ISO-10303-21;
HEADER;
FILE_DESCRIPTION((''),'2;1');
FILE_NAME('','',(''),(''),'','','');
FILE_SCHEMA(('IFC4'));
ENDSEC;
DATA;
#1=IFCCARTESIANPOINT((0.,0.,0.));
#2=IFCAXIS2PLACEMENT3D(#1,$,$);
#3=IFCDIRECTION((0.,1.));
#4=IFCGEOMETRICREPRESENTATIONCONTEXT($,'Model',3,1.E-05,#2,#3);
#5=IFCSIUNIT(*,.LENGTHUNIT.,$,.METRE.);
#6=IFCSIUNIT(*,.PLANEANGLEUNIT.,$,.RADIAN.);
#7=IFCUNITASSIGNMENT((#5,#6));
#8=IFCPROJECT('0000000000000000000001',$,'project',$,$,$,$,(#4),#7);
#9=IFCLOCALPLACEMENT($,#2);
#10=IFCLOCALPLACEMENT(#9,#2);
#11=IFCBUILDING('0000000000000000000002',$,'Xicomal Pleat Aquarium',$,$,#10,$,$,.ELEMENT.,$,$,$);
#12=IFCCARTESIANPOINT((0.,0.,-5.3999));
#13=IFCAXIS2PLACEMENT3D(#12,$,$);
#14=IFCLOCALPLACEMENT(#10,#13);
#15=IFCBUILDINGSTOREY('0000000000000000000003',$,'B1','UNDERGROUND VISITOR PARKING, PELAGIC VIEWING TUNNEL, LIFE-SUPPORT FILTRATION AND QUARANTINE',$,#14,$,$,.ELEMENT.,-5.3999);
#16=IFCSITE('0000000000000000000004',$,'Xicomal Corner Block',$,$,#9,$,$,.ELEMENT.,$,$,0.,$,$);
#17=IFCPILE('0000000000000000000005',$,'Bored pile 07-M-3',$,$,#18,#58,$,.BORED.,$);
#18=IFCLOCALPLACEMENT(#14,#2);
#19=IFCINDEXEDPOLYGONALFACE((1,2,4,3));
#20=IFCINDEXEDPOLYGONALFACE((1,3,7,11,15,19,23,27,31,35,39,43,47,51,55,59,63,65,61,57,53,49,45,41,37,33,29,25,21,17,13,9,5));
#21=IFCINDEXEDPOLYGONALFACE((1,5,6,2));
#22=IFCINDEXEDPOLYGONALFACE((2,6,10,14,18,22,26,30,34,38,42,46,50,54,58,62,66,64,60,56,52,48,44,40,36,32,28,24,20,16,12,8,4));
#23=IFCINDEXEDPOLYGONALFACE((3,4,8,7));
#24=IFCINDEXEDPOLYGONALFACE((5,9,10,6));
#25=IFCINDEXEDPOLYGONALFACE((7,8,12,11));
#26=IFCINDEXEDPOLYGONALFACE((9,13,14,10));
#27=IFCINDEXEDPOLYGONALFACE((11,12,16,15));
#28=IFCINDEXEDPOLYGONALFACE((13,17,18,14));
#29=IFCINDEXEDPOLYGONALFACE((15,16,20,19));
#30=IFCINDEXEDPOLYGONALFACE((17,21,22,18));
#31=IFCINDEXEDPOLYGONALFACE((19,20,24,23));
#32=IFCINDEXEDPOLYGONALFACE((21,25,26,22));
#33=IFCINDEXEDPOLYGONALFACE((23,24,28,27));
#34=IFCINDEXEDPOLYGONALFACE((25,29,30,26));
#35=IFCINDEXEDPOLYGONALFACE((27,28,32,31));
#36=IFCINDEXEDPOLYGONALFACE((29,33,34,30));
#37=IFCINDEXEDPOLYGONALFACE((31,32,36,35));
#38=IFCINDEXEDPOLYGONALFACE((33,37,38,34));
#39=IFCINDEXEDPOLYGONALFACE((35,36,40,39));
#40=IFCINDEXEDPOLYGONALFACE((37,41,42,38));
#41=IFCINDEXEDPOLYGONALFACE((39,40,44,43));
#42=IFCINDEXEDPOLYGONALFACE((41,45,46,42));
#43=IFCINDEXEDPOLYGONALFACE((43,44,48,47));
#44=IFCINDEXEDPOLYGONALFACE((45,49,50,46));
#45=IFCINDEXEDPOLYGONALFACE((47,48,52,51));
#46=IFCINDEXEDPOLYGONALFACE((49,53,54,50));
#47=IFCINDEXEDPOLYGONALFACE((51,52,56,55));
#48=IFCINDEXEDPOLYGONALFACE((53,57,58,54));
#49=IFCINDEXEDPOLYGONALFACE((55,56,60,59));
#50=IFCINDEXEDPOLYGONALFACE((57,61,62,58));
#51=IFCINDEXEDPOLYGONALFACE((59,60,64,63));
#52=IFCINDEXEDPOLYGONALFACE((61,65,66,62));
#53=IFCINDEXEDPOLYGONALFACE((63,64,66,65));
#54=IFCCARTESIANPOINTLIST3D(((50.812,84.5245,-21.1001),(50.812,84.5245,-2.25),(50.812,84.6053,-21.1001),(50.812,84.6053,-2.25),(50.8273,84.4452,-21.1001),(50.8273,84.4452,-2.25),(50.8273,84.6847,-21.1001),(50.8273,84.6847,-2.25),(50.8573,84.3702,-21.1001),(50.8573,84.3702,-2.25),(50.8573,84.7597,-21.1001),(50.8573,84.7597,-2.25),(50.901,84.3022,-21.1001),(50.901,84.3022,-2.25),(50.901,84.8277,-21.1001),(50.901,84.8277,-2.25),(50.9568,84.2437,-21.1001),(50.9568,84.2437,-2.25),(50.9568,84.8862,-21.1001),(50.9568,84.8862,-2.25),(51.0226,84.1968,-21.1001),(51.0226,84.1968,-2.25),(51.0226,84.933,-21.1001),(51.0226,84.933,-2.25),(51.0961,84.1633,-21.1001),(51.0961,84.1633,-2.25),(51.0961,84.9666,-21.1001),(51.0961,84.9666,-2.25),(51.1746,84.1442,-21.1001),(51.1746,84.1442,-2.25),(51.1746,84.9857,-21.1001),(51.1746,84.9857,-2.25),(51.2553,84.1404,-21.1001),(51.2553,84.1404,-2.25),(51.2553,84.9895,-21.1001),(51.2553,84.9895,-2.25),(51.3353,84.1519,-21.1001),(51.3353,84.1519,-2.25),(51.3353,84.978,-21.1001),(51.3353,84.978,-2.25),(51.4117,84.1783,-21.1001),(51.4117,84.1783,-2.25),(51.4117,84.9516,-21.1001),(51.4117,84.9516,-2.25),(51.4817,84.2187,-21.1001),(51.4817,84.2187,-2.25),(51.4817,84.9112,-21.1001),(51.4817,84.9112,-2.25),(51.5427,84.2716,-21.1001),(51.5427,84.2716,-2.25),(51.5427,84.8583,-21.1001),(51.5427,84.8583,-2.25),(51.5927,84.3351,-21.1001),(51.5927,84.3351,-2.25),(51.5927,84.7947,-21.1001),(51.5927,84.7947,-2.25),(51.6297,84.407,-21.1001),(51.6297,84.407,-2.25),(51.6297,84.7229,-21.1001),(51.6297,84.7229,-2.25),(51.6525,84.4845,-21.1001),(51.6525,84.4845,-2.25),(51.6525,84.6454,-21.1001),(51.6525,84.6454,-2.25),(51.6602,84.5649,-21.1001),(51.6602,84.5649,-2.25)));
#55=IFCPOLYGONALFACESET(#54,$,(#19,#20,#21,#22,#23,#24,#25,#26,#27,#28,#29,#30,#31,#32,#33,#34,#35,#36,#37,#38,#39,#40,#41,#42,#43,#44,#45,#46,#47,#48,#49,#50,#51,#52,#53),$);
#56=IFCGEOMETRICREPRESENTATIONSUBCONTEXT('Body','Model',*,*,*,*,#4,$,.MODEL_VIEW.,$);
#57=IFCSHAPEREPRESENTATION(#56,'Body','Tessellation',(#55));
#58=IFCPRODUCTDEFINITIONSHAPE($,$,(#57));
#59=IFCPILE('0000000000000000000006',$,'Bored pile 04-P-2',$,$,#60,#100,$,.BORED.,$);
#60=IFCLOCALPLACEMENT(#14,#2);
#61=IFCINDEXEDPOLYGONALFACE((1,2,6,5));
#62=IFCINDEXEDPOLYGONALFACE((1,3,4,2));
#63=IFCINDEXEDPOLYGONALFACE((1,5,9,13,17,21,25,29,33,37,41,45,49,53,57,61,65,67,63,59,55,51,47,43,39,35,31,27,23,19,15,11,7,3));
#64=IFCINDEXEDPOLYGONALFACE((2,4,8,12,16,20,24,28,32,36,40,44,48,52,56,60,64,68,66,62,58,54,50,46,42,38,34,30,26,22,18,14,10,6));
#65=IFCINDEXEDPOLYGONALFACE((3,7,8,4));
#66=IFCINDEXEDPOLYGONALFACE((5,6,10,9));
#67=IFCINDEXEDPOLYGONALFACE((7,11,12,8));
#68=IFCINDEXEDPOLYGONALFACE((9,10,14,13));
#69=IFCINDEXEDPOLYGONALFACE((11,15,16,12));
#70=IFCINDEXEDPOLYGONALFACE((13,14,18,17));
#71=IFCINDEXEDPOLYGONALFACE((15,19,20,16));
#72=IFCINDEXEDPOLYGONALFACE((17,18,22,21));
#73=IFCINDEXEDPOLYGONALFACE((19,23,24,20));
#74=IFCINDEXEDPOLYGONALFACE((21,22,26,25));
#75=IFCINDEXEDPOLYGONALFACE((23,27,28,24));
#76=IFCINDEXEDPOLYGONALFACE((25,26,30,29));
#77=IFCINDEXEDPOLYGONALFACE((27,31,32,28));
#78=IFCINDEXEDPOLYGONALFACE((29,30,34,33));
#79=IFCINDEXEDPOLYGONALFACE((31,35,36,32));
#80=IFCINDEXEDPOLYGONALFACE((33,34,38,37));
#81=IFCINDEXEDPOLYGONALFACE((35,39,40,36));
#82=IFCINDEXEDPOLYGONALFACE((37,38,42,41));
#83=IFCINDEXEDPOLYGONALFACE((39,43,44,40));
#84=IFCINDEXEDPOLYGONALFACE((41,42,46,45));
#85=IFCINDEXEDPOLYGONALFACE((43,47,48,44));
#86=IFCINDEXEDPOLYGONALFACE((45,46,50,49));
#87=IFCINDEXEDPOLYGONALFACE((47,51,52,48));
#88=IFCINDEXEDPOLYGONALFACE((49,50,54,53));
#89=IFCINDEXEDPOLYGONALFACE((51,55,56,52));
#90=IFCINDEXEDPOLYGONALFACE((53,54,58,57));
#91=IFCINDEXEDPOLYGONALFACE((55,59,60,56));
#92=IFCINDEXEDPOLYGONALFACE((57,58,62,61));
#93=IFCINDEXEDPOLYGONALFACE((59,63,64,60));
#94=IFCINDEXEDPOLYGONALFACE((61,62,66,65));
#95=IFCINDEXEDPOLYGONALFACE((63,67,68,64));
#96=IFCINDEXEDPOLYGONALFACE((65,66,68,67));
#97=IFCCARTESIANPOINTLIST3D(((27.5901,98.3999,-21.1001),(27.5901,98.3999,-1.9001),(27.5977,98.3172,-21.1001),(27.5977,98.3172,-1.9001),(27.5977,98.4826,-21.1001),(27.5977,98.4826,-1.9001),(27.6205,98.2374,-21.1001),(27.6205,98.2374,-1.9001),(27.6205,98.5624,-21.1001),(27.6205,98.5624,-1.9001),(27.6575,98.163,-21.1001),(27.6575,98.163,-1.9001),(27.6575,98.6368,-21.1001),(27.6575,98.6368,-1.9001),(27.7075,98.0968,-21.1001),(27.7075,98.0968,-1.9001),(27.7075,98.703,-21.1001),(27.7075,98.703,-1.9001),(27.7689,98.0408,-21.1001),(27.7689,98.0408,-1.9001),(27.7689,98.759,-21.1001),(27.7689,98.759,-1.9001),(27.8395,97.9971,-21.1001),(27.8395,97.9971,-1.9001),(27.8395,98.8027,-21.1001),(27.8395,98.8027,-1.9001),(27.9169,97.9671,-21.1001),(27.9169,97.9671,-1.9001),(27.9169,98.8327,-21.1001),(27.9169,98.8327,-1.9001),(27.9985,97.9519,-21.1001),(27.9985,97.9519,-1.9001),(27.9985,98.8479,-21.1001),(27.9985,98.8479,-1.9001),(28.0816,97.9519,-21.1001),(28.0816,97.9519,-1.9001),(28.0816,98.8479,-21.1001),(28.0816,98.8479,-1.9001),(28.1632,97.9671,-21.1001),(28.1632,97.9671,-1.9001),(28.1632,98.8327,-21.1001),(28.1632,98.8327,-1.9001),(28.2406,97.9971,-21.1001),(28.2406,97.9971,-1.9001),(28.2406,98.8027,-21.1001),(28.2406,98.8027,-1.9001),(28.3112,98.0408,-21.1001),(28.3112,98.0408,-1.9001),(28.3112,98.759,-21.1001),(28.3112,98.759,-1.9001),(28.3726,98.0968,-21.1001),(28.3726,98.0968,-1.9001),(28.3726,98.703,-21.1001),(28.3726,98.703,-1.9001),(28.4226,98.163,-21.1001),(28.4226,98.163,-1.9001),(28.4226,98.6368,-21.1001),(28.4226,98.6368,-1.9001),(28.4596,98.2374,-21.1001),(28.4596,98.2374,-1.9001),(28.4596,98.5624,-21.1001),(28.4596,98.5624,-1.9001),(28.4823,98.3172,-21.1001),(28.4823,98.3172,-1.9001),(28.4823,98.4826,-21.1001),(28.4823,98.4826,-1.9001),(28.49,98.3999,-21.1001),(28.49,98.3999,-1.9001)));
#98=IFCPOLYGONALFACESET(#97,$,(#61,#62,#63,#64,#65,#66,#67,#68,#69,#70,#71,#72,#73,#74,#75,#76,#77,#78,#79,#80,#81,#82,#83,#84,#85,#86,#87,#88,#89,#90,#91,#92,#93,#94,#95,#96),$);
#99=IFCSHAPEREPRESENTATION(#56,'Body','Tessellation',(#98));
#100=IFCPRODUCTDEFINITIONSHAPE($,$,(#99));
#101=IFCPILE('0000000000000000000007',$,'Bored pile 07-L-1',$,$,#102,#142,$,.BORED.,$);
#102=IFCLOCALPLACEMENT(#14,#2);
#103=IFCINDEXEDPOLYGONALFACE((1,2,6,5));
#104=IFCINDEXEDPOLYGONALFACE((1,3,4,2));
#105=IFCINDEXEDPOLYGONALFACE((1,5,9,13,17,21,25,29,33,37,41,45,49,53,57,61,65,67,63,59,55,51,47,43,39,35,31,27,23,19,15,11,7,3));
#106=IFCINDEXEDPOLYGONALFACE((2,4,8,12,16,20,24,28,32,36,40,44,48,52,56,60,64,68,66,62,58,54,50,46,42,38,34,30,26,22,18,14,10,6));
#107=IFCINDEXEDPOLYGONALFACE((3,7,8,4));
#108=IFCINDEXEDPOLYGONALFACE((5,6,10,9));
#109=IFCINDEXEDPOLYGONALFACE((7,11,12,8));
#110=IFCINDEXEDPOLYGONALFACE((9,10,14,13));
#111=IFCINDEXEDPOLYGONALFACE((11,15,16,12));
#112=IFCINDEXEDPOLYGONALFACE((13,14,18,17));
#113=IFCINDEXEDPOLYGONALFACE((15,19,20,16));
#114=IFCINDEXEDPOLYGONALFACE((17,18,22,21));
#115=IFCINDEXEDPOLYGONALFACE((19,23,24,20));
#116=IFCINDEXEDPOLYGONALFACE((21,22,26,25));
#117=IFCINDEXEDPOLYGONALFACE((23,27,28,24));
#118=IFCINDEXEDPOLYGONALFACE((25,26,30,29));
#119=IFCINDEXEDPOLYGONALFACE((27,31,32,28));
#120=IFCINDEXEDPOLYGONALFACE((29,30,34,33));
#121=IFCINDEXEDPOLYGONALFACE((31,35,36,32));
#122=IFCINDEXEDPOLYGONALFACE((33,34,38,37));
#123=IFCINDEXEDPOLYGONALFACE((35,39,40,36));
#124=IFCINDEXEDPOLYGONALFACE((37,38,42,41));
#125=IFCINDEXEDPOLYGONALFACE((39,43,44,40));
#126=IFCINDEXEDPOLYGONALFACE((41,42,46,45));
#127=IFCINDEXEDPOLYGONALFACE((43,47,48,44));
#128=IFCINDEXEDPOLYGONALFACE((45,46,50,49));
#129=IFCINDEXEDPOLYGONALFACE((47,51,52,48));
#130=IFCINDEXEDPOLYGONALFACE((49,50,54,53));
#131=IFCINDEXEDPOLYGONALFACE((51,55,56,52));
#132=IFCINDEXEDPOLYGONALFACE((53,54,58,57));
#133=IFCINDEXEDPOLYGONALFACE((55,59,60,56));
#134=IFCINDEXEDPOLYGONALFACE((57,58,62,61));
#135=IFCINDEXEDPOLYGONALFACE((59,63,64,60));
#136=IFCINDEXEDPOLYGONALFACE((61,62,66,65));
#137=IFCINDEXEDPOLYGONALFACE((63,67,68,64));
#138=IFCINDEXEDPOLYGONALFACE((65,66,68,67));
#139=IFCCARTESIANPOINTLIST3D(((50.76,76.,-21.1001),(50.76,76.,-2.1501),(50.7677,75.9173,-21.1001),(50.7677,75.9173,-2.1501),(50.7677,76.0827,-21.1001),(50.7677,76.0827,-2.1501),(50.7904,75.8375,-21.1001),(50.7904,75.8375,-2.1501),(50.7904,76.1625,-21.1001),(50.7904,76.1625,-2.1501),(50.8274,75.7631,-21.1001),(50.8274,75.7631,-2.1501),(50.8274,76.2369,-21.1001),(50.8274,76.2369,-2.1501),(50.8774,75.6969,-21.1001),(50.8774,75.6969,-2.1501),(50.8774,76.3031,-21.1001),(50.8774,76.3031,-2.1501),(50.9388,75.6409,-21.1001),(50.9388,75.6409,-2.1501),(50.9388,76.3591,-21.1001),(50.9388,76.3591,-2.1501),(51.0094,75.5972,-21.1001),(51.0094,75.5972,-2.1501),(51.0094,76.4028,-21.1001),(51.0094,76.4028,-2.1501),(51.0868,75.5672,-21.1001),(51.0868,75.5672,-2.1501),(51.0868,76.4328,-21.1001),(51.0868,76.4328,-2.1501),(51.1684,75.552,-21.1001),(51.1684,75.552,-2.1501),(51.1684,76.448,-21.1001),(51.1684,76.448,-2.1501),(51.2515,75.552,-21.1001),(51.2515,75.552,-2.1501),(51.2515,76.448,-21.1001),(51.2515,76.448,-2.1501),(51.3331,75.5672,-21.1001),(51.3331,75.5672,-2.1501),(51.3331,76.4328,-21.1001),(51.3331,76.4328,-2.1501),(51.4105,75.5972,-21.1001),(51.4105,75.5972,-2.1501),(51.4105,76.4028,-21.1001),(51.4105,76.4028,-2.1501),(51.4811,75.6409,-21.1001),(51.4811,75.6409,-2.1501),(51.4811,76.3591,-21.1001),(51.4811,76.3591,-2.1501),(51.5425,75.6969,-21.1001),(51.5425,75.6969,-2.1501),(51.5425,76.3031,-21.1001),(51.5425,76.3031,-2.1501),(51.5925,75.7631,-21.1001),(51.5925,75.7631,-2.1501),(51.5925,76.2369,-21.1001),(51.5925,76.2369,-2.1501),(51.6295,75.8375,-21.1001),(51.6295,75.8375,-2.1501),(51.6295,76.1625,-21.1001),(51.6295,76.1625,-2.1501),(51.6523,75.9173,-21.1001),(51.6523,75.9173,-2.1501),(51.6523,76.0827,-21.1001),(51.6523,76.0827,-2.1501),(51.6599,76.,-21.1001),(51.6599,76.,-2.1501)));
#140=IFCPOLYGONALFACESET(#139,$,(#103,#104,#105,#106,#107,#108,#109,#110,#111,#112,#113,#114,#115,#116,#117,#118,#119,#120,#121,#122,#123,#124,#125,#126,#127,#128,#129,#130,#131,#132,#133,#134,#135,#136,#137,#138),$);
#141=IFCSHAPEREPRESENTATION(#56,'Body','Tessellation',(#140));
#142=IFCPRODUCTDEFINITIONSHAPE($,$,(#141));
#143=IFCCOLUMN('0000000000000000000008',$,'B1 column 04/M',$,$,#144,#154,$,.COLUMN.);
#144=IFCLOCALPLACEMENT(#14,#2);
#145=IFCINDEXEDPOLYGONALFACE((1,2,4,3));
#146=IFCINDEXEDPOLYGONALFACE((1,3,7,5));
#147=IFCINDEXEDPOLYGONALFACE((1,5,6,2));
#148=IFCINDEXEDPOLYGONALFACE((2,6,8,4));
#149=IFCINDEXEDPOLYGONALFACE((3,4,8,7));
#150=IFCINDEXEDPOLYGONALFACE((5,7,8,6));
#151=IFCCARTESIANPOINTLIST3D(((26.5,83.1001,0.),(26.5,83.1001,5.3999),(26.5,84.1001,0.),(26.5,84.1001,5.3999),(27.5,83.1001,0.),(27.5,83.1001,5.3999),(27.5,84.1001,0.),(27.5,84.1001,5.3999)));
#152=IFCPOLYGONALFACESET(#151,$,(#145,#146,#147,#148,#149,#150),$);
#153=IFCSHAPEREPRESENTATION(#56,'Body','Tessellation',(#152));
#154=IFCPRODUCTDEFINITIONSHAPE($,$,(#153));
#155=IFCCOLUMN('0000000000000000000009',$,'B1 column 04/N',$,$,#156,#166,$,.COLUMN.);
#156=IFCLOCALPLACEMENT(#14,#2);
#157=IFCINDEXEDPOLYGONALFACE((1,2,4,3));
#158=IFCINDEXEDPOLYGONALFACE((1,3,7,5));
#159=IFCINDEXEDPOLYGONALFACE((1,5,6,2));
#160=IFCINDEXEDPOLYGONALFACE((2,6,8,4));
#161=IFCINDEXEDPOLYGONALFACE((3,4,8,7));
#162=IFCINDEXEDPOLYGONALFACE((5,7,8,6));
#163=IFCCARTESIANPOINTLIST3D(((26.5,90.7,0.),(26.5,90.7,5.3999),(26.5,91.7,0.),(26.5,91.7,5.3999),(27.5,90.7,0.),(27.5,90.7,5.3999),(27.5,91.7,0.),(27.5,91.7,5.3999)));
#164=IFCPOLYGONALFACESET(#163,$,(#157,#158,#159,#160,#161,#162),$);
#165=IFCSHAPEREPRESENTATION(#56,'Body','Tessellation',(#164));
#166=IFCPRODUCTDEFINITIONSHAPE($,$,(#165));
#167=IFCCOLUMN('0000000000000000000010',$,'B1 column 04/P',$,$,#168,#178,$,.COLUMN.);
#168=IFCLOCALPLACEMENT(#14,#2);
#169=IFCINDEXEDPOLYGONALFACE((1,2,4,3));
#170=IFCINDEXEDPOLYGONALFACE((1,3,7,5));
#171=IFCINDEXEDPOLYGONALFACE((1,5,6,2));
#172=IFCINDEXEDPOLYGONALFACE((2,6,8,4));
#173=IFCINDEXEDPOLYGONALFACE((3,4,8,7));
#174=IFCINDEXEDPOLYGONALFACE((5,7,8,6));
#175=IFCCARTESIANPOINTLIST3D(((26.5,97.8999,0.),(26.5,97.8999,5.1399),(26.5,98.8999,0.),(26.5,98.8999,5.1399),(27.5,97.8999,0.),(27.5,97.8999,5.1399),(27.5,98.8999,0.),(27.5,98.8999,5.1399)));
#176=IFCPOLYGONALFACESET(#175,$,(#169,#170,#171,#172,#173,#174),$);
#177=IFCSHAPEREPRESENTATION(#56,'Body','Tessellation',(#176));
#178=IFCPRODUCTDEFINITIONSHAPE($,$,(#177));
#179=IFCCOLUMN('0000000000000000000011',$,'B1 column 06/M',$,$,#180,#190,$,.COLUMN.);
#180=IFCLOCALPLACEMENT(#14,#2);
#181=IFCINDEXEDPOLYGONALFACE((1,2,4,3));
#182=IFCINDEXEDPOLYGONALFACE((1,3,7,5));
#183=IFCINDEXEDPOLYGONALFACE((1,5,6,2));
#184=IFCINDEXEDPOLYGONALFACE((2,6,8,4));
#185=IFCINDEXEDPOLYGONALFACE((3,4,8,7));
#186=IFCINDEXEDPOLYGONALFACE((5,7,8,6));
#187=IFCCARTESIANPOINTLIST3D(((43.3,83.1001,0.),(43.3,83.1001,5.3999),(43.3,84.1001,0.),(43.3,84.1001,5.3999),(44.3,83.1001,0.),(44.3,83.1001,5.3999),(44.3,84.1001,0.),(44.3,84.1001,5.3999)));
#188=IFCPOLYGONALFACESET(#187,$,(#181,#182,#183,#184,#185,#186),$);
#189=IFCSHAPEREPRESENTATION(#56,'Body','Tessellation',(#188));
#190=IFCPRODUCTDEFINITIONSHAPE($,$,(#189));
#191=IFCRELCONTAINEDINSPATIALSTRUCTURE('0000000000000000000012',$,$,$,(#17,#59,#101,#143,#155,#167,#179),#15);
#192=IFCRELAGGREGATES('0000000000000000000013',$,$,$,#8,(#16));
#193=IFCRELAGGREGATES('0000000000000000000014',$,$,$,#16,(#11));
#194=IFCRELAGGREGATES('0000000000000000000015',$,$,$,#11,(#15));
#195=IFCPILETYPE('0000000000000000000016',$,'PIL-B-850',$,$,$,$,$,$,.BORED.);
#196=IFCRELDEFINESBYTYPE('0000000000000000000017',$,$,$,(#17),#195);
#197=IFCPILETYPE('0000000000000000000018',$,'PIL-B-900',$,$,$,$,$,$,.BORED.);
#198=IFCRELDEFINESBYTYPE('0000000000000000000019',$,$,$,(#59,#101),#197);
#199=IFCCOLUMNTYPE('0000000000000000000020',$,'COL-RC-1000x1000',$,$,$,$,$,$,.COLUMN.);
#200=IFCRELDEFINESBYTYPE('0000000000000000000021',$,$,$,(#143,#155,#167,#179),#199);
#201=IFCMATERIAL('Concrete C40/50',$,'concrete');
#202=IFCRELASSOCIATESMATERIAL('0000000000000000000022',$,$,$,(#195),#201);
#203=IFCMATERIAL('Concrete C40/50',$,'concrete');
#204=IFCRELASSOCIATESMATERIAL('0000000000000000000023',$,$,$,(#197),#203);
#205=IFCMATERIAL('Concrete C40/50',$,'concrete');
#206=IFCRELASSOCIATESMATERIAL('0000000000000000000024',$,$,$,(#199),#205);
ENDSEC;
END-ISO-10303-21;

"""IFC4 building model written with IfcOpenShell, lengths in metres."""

from ifc_helpers import new_model, si_unit, direction, frame, origin, origin_2d, place, context, subcontext, project, spatial, rectangle, circle, extrude, material, material_profile, profile_set, type_object, element, save


model = new_model("IFC4")

# Units and contexts
model_context = context("Model", 3, precision=1e-05, world=origin(), true_north=direction((0.0, 1.0)))
body_context = subcontext(model_context, "Body", "Model", "MODEL_VIEW")
ifc_project = project(units=[si_unit("LENGTHUNIT", "METRE"), si_unit("PLANEANGLEUNIT", "RADIAN")], contexts=[model_context])

# Site, building, storey
site_placement = place(None, origin())
site = spatial("IfcSite", under=ifc_project, at=site_placement, Name="Xicomal Corner Block", CompositionType="ELEMENT", RefElevation=0.0)
building_placement = place(site_placement, origin())
building = spatial("IfcBuilding", under=site, at=building_placement, Name="Xicomal Pleat Aquarium", CompositionType="ELEMENT")
storey_placement = place(building_placement, frame((0.0, 0.0, -5.3999)))
storey = spatial("IfcBuildingStorey", under=building, at=storey_placement, Name="B1", Description="UNDERGROUND VISITOR PARKING, PELAGIC VIEWING TUNNEL, LIFE-SUPPORT FILTRATION AND QUARANTINE", CompositionType="ELEMENT", Elevation=-5.3999)

# Piles
ifc_material_1 = material(Name="Concrete C40/50", Category="concrete")
ifc_material_profile_1 = material_profile(ifc_material_1, circle(Radius=0.425, at=origin_2d()), Name="BORED PILE D850")
ifc_profile_set_1 = profile_set([ifc_material_profile_1], Name="Concrete C40/50")
pile_type_1 = type_object("IfcPileType", Name="PIL-B-850", PredefinedType="BORED", material=ifc_profile_set_1)
for number, where, z_axis, x_axis, name in (
    (1, (51.2351, 84.5649, -2.25), (0.0, 0.0, -1.0), (1.0, 0.0, 0.0), "Bored pile 07-M-3"),
):
    element("IfcPile", number, at=place(storey_placement, frame(where, z_axis=z_axis, x_axis=x_axis)), inside=storey, type_object=pile_type_1, Name=name, PredefinedType="BORED", context=body_context, shape_type="SweptSolid", body=[
        extrude(circle(Radius=0.425, at=origin_2d()), origin(), (0.0, 0.0, 1.0), 18.8501),
    ])
ifc_material_2 = material(Name="Concrete C40/50", Category="concrete")
ifc_material_profile_2 = material_profile(ifc_material_2, circle(Radius=0.45, at=origin_2d()), Name="BORED PILE D900")
ifc_profile_set_2 = profile_set([ifc_material_profile_2], Name="Concrete C40/50")
pile_type_2 = type_object("IfcPileType", Name="PIL-B-900", PredefinedType="BORED", material=ifc_profile_set_2)
pile_1_placement = place(storey_placement, frame((28.04, 98.3999, -1.9001), z_axis=(0.0, 0.0, -1.0), x_axis=(1.0, 0.0, 0.0)))
element("IfcPile", 2, at=pile_1_placement, inside=storey, type_object=pile_type_2, Name="Bored pile 04-P-2", PredefinedType="BORED", context=body_context, shape_type="SweptSolid", body=[
    extrude(circle(Radius=0.45, at=origin_2d()), origin(), (0.0, 0.0, 1.0), 19.2),
])
pile_2_placement = place(storey_placement, frame((51.21, 76.0, -2.1501), z_axis=(0.0, 0.0, -1.0), x_axis=(1.0, 0.0, 0.0)))
element("IfcPile", 3, at=pile_2_placement, inside=storey, type_object=pile_type_2, Name="Bored pile 07-L-1", PredefinedType="BORED", context=body_context, shape_type="SweptSolid", body=[
    extrude(circle(Radius=0.45, at=origin_2d()), origin(), (0.0, 0.0, 1.0), 18.95),
])

# Columns
ifc_material_3 = material(Name="Concrete C40/50", Category="concrete")
ifc_material_profile_3 = material_profile(ifc_material_3, rectangle(XDim=1.0, YDim=1.0, at=origin_2d()), Name="RC 1000x1000")
ifc_profile_set_3 = profile_set([ifc_material_profile_3], Name="Concrete C40/50")
column_type_1 = type_object("IfcColumnType", Name="COL-RC-1000x1000", PredefinedType="COLUMN", material=ifc_profile_set_3)
for number, where, z_axis, x_axis, name in (
    (4, (27.0, 83.6001, 0.0), (0.0, 0.0, 1.0), (1.0, 0.0, 0.0), "B1 column 04/M"),
    (5, (27.0, 91.2, 0.0), (0.0, 0.0, 1.0), (1.0, 0.0, 0.0), "B1 column 04/N"),
):
    element("IfcColumn", number, at=place(storey_placement, frame(where, z_axis=z_axis, x_axis=x_axis)), inside=storey, type_object=column_type_1, Name=name, PredefinedType="COLUMN", context=body_context, shape_type="SweptSolid", body=[
        extrude(rectangle(XDim=1.0, YDim=1.0, at=origin_2d()), origin(), (0.0, 0.0, 1.0), 5.3999),
    ])
column_1_placement = place(storey_placement, frame((27.0, 98.3999, 0.0), z_axis=(0.0, 0.0, 1.0), x_axis=(1.0, 0.0, 0.0)))
element("IfcColumn", 6, at=column_1_placement, inside=storey, type_object=column_type_1, Name="B1 column 04/P", PredefinedType="COLUMN", context=body_context, shape_type="SweptSolid", body=[
    extrude(rectangle(XDim=1.0, YDim=1.0, at=origin_2d()), origin(), (0.0, 0.0, 1.0), 5.1399),
])
column_2_placement = place(storey_placement, frame((43.8, 83.6001, 0.0), z_axis=(0.0, 0.0, 1.0), x_axis=(1.0, 0.0, 0.0)))
element("IfcColumn", 7, at=column_2_placement, inside=storey, type_object=column_type_1, Name="B1 column 06/M", PredefinedType="COLUMN", context=body_context, shape_type="SweptSolid", body=[
    extrude(rectangle(XDim=1.0, YDim=1.0, at=origin_2d()), origin(), (0.0, 0.0, 1.0), 5.3999),
])

save(model, "model.ifc")
